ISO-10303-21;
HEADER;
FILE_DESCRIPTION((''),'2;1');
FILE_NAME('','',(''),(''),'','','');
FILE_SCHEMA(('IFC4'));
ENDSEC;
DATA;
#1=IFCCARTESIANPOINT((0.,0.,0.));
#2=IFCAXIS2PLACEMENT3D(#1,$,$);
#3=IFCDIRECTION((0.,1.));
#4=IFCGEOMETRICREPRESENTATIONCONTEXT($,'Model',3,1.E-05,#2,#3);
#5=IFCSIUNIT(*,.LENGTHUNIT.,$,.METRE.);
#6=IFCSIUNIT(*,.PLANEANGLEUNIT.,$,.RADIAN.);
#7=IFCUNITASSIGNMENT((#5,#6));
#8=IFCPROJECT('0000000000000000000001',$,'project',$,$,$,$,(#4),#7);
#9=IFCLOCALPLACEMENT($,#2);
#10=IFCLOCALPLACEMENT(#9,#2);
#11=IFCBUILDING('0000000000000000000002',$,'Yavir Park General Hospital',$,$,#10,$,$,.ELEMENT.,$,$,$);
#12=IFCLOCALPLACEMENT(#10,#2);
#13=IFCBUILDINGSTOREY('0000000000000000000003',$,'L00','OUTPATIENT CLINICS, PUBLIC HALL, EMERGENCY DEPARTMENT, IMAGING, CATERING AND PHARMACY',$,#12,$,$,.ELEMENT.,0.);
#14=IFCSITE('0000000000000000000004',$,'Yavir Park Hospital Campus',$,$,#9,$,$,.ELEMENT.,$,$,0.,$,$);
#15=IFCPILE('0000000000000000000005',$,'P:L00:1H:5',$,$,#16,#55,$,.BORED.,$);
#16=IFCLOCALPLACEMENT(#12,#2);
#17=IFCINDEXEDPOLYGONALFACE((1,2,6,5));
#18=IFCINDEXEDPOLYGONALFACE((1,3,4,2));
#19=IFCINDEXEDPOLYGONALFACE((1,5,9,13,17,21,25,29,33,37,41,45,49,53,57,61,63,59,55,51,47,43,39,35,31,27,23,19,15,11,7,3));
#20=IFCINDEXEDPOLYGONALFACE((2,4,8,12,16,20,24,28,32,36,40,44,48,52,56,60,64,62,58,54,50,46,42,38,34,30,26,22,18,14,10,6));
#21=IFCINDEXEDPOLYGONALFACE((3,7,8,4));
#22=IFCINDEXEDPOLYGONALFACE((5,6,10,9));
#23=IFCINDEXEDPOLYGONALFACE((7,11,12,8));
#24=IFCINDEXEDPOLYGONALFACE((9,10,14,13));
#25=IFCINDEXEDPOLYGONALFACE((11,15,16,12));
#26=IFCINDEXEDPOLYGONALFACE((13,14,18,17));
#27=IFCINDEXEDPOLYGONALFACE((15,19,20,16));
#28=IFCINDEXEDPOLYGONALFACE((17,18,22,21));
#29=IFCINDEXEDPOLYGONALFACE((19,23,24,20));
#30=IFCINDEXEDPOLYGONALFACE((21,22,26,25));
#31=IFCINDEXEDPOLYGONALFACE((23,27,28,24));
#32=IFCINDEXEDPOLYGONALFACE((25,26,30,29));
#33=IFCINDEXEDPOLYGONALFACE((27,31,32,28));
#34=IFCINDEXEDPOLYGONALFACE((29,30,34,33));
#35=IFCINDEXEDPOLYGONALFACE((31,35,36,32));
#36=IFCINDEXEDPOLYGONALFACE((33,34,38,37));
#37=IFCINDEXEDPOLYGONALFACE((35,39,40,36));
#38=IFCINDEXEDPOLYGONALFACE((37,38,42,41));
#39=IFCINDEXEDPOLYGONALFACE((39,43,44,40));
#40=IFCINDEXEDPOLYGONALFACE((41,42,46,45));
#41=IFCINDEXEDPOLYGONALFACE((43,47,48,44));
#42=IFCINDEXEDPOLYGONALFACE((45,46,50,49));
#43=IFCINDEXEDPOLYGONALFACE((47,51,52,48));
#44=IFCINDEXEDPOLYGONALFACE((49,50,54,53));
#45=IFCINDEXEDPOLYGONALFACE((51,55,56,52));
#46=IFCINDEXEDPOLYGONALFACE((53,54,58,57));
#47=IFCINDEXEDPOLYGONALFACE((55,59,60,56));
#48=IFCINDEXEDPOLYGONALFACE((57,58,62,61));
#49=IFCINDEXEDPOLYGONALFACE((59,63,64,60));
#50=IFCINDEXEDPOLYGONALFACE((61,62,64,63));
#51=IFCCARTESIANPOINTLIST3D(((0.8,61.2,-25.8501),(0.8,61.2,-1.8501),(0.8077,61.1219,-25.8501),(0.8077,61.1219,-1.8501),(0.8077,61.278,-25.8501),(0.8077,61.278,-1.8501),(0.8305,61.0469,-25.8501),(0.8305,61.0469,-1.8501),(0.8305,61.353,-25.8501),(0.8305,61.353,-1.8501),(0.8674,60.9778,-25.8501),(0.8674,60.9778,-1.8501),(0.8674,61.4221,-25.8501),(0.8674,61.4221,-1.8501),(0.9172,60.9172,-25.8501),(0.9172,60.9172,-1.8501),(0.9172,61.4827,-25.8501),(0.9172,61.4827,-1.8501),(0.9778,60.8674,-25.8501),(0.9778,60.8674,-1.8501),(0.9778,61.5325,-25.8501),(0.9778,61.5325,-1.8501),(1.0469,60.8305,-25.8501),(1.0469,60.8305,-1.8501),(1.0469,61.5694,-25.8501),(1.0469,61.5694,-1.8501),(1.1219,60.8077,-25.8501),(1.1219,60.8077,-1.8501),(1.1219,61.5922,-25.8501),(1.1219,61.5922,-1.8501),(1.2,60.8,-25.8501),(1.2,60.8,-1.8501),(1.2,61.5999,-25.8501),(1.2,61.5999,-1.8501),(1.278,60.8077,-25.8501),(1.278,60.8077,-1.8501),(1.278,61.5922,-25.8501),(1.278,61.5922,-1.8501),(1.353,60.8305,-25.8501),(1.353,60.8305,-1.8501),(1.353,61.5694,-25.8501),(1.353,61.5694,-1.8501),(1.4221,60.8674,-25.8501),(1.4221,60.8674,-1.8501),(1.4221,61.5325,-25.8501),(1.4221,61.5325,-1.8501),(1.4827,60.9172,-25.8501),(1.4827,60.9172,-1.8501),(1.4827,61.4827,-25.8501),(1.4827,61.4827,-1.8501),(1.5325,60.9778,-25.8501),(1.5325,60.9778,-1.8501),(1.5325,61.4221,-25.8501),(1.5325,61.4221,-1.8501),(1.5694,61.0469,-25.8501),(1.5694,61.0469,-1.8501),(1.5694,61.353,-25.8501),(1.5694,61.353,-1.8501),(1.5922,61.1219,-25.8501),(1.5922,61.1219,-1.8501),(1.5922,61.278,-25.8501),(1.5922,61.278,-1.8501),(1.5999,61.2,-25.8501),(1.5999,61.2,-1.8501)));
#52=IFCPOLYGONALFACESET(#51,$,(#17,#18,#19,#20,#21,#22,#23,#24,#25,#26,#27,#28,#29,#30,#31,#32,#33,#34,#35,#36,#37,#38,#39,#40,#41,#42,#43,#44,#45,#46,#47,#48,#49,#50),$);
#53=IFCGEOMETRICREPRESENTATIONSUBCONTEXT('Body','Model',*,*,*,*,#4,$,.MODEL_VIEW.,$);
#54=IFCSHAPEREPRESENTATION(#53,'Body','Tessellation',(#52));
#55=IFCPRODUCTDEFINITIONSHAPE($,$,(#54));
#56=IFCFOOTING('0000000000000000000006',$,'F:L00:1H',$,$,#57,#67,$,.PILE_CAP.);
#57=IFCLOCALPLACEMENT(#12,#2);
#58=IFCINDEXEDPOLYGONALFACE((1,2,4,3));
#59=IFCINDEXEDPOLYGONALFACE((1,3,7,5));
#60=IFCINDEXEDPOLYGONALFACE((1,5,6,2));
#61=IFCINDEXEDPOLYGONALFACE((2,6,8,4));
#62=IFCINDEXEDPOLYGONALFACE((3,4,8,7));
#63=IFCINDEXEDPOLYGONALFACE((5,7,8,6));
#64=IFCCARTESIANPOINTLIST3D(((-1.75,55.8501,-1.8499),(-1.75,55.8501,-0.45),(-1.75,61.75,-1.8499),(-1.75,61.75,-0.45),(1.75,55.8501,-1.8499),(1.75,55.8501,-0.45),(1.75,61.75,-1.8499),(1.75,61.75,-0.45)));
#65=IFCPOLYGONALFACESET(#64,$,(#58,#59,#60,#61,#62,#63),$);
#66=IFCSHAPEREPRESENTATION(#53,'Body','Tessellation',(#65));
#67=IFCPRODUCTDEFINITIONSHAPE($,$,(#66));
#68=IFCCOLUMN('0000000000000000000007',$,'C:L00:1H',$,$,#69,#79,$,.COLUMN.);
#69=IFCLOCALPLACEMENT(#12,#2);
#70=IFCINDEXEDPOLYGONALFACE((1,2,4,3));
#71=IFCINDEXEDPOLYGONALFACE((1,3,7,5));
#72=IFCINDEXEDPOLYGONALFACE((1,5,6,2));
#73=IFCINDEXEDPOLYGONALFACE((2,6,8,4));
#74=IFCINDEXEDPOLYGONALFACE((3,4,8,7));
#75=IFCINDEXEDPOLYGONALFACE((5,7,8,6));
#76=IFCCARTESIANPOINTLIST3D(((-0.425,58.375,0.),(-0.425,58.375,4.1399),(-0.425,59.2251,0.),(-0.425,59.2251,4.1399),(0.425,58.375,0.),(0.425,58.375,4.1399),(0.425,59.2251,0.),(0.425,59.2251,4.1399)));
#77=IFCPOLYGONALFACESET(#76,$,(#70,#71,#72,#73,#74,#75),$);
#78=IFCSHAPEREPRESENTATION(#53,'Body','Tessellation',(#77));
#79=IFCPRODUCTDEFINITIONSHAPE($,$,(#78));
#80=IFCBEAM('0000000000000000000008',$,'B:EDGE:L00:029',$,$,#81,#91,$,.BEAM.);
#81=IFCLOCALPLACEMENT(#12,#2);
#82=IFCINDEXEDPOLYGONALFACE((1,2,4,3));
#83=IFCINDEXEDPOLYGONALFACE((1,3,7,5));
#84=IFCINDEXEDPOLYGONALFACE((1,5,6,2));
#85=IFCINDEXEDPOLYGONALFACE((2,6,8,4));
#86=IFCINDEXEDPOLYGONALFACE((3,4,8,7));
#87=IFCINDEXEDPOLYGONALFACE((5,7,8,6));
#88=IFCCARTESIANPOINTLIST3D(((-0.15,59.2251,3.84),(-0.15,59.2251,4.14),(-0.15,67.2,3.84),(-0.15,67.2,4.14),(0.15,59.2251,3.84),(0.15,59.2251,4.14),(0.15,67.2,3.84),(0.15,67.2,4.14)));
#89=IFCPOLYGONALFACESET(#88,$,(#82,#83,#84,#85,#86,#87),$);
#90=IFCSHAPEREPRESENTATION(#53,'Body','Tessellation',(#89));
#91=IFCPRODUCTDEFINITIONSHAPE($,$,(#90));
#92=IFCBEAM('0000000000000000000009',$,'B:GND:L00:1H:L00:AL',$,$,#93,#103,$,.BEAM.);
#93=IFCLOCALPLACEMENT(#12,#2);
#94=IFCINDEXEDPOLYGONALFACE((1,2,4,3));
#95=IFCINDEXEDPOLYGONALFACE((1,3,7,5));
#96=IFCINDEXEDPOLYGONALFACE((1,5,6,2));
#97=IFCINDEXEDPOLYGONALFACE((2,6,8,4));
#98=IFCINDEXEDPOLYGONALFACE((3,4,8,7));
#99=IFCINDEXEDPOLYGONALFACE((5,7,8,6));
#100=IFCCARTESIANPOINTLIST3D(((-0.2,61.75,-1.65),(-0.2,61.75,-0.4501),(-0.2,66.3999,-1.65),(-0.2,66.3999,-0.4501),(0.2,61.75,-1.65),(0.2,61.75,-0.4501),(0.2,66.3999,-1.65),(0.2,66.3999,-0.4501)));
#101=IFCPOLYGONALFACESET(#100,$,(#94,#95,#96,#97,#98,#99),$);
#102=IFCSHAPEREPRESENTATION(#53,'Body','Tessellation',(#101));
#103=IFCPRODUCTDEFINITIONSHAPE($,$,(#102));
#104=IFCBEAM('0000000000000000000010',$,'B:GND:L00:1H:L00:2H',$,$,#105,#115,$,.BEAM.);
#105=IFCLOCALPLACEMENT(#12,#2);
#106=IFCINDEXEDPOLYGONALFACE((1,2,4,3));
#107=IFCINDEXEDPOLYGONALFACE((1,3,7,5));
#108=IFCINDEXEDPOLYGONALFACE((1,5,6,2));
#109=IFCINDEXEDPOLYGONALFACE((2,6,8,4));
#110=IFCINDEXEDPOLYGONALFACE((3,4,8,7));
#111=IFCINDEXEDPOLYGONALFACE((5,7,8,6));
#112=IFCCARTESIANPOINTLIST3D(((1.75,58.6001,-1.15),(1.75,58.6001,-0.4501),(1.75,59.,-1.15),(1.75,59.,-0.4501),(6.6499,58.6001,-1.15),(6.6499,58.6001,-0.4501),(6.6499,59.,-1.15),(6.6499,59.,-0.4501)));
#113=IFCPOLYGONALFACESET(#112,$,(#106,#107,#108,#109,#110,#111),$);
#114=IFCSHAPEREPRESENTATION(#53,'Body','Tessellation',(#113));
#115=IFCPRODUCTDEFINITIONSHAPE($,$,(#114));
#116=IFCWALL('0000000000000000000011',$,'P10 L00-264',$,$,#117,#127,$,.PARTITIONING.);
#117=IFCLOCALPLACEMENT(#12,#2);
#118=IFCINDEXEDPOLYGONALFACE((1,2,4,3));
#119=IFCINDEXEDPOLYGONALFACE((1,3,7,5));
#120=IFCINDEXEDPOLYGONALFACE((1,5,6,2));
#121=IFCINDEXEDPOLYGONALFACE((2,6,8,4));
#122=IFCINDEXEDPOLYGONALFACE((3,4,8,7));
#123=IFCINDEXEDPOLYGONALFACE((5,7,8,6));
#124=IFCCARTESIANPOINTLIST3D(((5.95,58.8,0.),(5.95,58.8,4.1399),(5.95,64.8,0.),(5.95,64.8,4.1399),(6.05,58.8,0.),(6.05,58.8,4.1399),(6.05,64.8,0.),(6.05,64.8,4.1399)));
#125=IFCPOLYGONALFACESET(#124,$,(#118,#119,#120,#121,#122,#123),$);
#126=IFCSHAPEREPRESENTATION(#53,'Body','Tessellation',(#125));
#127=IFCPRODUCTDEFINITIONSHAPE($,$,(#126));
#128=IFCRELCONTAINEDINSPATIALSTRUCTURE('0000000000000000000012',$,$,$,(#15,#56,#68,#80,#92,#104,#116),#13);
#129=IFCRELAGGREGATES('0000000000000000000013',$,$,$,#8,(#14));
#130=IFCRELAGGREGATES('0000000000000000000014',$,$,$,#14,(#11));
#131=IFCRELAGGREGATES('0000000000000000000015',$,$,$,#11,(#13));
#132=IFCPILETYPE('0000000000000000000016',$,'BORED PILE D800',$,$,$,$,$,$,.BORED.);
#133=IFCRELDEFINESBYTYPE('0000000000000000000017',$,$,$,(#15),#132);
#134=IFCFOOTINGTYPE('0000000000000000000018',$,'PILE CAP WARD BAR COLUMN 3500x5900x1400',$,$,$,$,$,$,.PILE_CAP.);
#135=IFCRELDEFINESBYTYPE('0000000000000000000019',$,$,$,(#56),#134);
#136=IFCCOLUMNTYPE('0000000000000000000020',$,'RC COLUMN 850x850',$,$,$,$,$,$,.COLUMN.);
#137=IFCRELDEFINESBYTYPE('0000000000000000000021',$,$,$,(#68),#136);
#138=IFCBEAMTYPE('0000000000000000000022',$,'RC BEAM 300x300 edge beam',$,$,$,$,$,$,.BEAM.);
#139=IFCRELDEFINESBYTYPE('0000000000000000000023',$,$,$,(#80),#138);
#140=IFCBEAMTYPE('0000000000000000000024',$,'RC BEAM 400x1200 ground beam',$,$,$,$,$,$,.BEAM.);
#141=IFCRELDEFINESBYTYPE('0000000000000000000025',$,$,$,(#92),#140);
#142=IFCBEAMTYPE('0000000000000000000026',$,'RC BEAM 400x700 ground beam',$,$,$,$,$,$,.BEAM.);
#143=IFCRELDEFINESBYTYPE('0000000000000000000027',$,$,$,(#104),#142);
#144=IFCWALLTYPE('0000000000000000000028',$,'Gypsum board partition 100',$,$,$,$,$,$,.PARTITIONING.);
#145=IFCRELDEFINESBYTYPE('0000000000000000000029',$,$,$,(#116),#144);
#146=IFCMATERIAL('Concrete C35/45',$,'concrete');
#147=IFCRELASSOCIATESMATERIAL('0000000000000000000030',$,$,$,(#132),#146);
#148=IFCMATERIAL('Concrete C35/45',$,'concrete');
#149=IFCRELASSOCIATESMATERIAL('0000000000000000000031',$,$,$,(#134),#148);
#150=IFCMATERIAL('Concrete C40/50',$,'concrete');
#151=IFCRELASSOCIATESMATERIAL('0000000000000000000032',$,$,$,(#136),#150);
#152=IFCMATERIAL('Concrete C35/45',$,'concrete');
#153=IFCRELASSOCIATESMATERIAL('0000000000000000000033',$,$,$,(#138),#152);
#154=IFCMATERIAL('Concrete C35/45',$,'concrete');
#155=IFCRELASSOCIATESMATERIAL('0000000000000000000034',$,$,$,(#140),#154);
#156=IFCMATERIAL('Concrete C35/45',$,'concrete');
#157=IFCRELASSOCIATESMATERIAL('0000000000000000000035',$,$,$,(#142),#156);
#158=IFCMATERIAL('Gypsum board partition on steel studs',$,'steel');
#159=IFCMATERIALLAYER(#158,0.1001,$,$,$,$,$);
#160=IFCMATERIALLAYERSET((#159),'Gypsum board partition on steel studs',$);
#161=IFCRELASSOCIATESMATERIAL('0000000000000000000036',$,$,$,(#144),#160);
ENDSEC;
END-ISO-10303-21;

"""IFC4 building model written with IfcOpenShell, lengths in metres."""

from ifc_helpers import new_model, si_unit, direction, frame, frame_2d, origin, origin_2d, place, context, subcontext, project, spatial, rectangle, circle, extrude, material, layer, layer_set, material_profile, profile_set, type_object, element, save


model = new_model("IFC4")

# Units and contexts
model_context = context("Model", 3, precision=1e-05, world=origin(), true_north=direction((0.0, 1.0)))
body_context = subcontext(model_context, "Body", "Model", "MODEL_VIEW")
ifc_project = project(units=[si_unit("LENGTHUNIT", "METRE"), si_unit("PLANEANGLEUNIT", "RADIAN")], contexts=[model_context])

# Site, building, storey
site_placement = place(None, origin())
site = spatial("IfcSite", under=ifc_project, at=site_placement, Name="Yavir Park Hospital Campus", CompositionType="ELEMENT", RefElevation=0.0)
building_placement = place(site_placement, origin())
building = spatial("IfcBuilding", under=site, at=building_placement, Name="Yavir Park General Hospital", CompositionType="ELEMENT")
storey_placement = place(building_placement, origin())
storey = spatial("IfcBuildingStorey", under=building, at=storey_placement, Name="L00", Description="OUTPATIENT CLINICS, PUBLIC HALL, EMERGENCY DEPARTMENT, IMAGING, CATERING AND PHARMACY", CompositionType="ELEMENT", Elevation=0.0)

# Pile
ifc_material_1 = material(Name="Concrete C35/45", Category="concrete")
ifc_material_profile_1 = material_profile(ifc_material_1, circle(Radius=0.3999, at=origin_2d()), Name="D800")
ifc_profile_set_1 = profile_set([ifc_material_profile_1], Name="Concrete C35/45")
pile_type = type_object("IfcPileType", Name="BORED PILE D800", PredefinedType="BORED", material=ifc_profile_set_1)
for number, where, z_axis, x_axis, name in (
    (1, (1.2, 61.2, -1.8501), (0.0, 0.0, -1.0), (1.0, 0.0, 0.0), "P:L00:1H:5"),
):
    element("IfcPile", number, at=place(storey_placement, frame(where, z_axis=z_axis, x_axis=x_axis)), inside=storey, type_object=pile_type, Name=name, PredefinedType="BORED", context=body_context, shape_type="SweptSolid", body=[
        extrude(circle(Radius=0.3999, at=origin_2d()), origin(), (0.0, 0.0, 1.0), 24.0),
    ])

# Footing
ifc_material_2 = material(Name="Concrete C35/45", Category="concrete")
footing_type = type_object("IfcFootingType", Name="PILE CAP WARD BAR COLUMN 3500x5900x1400", PredefinedType="PILE_CAP", material=ifc_material_2)
footing_placement = place(storey_placement, frame((0.0, 58.8, -1.8499), z_axis=(0.0, 0.0, 1.0), x_axis=(1.0, 0.0, 0.0)))
element("IfcFooting", 2, at=footing_placement, inside=storey, type_object=footing_type, Name="F:L00:1H", PredefinedType="PILE_CAP", context=body_context, shape_type="SweptSolid", body=[
    extrude(rectangle(XDim=3.5, YDim=5.8999, at=origin_2d()), origin(), (0.0, 0.0, 1.0), 1.3999),
])

# Column
ifc_material_3 = material(Name="Concrete C40/50", Category="concrete")
ifc_material_profile_2 = material_profile(ifc_material_3, rectangle(XDim=0.8501, YDim=0.8501, at=origin_2d()), Name="RC850x850")
ifc_profile_set_2 = profile_set([ifc_material_profile_2], Name="Concrete C40/50")
column_type = type_object("IfcColumnType", Name="RC COLUMN 850x850", PredefinedType="COLUMN", material=ifc_profile_set_2)
column_placement = place(storey_placement, frame((0.0, 58.8, 0.0), z_axis=(0.0, 0.0, 1.0), x_axis=(1.0, 0.0, 0.0)))
element("IfcColumn", 3, at=column_placement, inside=storey, type_object=column_type, Name="C:L00:1H", PredefinedType="COLUMN", context=body_context, shape_type="SweptSolid", body=[
    extrude(rectangle(XDim=0.8501, YDim=0.8501, at=origin_2d()), origin(), (0.0, 0.0, 1.0), 4.1399),
])

# Beams
ifc_material_4 = material(Name="Concrete C35/45", Category="concrete")
ifc_material_profile_3 = material_profile(ifc_material_4, rectangle(XDim=0.3, YDim=0.3, at=origin_2d()), Name="RC300x300")
ifc_profile_set_3 = profile_set([ifc_material_profile_3], Name="Concrete C35/45")
beam_type_1 = type_object("IfcBeamType", Name="RC BEAM 300x300 edge beam", PredefinedType="BEAM", material=ifc_profile_set_3)
beam_1_placement = place(storey_placement, frame((0.0, 59.2251, 3.99), z_axis=(0.0, 1.0, 0.0), x_axis=(-1.0, 0.0, 0.0)))
element("IfcBeam", 4, at=beam_1_placement, inside=storey, type_object=beam_type_1, Name="B:EDGE:L00:029", PredefinedType="BEAM", context=body_context, shape_type="SweptSolid", body=[
    extrude(rectangle(XDim=0.3, YDim=0.3, at=origin_2d()), origin(), (0.0, 0.0, 1.0), 7.9749),
])
ifc_material_5 = material(Name="Concrete C35/45", Category="concrete")
ifc_material_profile_4 = material_profile(ifc_material_5, rectangle(XDim=0.3999, YDim=1.2, at=origin_2d()), Name="RC400x1200")
ifc_profile_set_4 = profile_set([ifc_material_profile_4], Name="Concrete C35/45")
beam_type_2 = type_object("IfcBeamType", Name="RC BEAM 400x1200 ground beam", PredefinedType="BEAM", material=ifc_profile_set_4)
beam_2_placement = place(storey_placement, frame((0.0, 61.75, -1.05), z_axis=(0.0, 1.0, 0.0), x_axis=(-1.0, 0.0, 0.0)))
element("IfcBeam", 5, at=beam_2_placement, inside=storey, type_object=beam_type_2, Name="B:GND:L00:1H:L00:AL", PredefinedType="BEAM", context=body_context, shape_type="SweptSolid", body=[
    extrude(rectangle(XDim=0.3999, YDim=1.2, at=origin_2d()), origin(), (0.0, 0.0, 1.0), 4.6499),
])
ifc_material_6 = material(Name="Concrete C35/45", Category="concrete")
ifc_material_profile_5 = material_profile(ifc_material_6, rectangle(XDim=0.3999, YDim=0.7, at=origin_2d()), Name="RC400x700")
ifc_profile_set_5 = profile_set([ifc_material_profile_5], Name="Concrete C35/45")
beam_type_3 = type_object("IfcBeamType", Name="RC BEAM 400x700 ground beam", PredefinedType="BEAM", material=ifc_profile_set_5)
beam_3_placement = place(storey_placement, frame((1.75, 58.8, -0.8), z_axis=(1.0, 0.0, 0.0), x_axis=(0.0, 1.0, 0.0)))
element("IfcBeam", 6, at=beam_3_placement, inside=storey, type_object=beam_type_3, Name="B:GND:L00:1H:L00:2H", PredefinedType="BEAM", context=body_context, shape_type="SweptSolid", body=[
    extrude(rectangle(XDim=0.3999, YDim=0.7, at=origin_2d()), origin(), (0.0, 0.0, 1.0), 4.8999),
])

# Wall
ifc_material_7 = material(Name="Gypsum board partition on steel studs", Category="steel")
ifc_layer_1 = layer(ifc_material_7, 0.1001)
ifc_layer_set_1 = layer_set([ifc_layer_1], Name="Gypsum board partition on steel studs")
wall_type_1 = type_object("IfcWallType", Name="Gypsum board partition 100", PredefinedType="PARTITIONING", material=ifc_layer_set_1)
wall_1_placement = place(storey_placement, frame((6.0, 58.8, 0.0), z_axis=(0.0, 0.0, 1.0), x_axis=(0.0, 1.0, 0.0)))
element("IfcWall", 7, at=wall_1_placement, inside=storey, type_object=wall_type_1, Name="P10 L00-264", PredefinedType="PARTITIONING", context=body_context, shape_type="SweptSolid", body=[
    extrude(rectangle(XDim=6.0, YDim=0.1001, at=frame_2d((3.0, 0.0))), origin(), (0.0, 0.0, 1.0), 4.1399),
])

save(model, "model.ifc")
